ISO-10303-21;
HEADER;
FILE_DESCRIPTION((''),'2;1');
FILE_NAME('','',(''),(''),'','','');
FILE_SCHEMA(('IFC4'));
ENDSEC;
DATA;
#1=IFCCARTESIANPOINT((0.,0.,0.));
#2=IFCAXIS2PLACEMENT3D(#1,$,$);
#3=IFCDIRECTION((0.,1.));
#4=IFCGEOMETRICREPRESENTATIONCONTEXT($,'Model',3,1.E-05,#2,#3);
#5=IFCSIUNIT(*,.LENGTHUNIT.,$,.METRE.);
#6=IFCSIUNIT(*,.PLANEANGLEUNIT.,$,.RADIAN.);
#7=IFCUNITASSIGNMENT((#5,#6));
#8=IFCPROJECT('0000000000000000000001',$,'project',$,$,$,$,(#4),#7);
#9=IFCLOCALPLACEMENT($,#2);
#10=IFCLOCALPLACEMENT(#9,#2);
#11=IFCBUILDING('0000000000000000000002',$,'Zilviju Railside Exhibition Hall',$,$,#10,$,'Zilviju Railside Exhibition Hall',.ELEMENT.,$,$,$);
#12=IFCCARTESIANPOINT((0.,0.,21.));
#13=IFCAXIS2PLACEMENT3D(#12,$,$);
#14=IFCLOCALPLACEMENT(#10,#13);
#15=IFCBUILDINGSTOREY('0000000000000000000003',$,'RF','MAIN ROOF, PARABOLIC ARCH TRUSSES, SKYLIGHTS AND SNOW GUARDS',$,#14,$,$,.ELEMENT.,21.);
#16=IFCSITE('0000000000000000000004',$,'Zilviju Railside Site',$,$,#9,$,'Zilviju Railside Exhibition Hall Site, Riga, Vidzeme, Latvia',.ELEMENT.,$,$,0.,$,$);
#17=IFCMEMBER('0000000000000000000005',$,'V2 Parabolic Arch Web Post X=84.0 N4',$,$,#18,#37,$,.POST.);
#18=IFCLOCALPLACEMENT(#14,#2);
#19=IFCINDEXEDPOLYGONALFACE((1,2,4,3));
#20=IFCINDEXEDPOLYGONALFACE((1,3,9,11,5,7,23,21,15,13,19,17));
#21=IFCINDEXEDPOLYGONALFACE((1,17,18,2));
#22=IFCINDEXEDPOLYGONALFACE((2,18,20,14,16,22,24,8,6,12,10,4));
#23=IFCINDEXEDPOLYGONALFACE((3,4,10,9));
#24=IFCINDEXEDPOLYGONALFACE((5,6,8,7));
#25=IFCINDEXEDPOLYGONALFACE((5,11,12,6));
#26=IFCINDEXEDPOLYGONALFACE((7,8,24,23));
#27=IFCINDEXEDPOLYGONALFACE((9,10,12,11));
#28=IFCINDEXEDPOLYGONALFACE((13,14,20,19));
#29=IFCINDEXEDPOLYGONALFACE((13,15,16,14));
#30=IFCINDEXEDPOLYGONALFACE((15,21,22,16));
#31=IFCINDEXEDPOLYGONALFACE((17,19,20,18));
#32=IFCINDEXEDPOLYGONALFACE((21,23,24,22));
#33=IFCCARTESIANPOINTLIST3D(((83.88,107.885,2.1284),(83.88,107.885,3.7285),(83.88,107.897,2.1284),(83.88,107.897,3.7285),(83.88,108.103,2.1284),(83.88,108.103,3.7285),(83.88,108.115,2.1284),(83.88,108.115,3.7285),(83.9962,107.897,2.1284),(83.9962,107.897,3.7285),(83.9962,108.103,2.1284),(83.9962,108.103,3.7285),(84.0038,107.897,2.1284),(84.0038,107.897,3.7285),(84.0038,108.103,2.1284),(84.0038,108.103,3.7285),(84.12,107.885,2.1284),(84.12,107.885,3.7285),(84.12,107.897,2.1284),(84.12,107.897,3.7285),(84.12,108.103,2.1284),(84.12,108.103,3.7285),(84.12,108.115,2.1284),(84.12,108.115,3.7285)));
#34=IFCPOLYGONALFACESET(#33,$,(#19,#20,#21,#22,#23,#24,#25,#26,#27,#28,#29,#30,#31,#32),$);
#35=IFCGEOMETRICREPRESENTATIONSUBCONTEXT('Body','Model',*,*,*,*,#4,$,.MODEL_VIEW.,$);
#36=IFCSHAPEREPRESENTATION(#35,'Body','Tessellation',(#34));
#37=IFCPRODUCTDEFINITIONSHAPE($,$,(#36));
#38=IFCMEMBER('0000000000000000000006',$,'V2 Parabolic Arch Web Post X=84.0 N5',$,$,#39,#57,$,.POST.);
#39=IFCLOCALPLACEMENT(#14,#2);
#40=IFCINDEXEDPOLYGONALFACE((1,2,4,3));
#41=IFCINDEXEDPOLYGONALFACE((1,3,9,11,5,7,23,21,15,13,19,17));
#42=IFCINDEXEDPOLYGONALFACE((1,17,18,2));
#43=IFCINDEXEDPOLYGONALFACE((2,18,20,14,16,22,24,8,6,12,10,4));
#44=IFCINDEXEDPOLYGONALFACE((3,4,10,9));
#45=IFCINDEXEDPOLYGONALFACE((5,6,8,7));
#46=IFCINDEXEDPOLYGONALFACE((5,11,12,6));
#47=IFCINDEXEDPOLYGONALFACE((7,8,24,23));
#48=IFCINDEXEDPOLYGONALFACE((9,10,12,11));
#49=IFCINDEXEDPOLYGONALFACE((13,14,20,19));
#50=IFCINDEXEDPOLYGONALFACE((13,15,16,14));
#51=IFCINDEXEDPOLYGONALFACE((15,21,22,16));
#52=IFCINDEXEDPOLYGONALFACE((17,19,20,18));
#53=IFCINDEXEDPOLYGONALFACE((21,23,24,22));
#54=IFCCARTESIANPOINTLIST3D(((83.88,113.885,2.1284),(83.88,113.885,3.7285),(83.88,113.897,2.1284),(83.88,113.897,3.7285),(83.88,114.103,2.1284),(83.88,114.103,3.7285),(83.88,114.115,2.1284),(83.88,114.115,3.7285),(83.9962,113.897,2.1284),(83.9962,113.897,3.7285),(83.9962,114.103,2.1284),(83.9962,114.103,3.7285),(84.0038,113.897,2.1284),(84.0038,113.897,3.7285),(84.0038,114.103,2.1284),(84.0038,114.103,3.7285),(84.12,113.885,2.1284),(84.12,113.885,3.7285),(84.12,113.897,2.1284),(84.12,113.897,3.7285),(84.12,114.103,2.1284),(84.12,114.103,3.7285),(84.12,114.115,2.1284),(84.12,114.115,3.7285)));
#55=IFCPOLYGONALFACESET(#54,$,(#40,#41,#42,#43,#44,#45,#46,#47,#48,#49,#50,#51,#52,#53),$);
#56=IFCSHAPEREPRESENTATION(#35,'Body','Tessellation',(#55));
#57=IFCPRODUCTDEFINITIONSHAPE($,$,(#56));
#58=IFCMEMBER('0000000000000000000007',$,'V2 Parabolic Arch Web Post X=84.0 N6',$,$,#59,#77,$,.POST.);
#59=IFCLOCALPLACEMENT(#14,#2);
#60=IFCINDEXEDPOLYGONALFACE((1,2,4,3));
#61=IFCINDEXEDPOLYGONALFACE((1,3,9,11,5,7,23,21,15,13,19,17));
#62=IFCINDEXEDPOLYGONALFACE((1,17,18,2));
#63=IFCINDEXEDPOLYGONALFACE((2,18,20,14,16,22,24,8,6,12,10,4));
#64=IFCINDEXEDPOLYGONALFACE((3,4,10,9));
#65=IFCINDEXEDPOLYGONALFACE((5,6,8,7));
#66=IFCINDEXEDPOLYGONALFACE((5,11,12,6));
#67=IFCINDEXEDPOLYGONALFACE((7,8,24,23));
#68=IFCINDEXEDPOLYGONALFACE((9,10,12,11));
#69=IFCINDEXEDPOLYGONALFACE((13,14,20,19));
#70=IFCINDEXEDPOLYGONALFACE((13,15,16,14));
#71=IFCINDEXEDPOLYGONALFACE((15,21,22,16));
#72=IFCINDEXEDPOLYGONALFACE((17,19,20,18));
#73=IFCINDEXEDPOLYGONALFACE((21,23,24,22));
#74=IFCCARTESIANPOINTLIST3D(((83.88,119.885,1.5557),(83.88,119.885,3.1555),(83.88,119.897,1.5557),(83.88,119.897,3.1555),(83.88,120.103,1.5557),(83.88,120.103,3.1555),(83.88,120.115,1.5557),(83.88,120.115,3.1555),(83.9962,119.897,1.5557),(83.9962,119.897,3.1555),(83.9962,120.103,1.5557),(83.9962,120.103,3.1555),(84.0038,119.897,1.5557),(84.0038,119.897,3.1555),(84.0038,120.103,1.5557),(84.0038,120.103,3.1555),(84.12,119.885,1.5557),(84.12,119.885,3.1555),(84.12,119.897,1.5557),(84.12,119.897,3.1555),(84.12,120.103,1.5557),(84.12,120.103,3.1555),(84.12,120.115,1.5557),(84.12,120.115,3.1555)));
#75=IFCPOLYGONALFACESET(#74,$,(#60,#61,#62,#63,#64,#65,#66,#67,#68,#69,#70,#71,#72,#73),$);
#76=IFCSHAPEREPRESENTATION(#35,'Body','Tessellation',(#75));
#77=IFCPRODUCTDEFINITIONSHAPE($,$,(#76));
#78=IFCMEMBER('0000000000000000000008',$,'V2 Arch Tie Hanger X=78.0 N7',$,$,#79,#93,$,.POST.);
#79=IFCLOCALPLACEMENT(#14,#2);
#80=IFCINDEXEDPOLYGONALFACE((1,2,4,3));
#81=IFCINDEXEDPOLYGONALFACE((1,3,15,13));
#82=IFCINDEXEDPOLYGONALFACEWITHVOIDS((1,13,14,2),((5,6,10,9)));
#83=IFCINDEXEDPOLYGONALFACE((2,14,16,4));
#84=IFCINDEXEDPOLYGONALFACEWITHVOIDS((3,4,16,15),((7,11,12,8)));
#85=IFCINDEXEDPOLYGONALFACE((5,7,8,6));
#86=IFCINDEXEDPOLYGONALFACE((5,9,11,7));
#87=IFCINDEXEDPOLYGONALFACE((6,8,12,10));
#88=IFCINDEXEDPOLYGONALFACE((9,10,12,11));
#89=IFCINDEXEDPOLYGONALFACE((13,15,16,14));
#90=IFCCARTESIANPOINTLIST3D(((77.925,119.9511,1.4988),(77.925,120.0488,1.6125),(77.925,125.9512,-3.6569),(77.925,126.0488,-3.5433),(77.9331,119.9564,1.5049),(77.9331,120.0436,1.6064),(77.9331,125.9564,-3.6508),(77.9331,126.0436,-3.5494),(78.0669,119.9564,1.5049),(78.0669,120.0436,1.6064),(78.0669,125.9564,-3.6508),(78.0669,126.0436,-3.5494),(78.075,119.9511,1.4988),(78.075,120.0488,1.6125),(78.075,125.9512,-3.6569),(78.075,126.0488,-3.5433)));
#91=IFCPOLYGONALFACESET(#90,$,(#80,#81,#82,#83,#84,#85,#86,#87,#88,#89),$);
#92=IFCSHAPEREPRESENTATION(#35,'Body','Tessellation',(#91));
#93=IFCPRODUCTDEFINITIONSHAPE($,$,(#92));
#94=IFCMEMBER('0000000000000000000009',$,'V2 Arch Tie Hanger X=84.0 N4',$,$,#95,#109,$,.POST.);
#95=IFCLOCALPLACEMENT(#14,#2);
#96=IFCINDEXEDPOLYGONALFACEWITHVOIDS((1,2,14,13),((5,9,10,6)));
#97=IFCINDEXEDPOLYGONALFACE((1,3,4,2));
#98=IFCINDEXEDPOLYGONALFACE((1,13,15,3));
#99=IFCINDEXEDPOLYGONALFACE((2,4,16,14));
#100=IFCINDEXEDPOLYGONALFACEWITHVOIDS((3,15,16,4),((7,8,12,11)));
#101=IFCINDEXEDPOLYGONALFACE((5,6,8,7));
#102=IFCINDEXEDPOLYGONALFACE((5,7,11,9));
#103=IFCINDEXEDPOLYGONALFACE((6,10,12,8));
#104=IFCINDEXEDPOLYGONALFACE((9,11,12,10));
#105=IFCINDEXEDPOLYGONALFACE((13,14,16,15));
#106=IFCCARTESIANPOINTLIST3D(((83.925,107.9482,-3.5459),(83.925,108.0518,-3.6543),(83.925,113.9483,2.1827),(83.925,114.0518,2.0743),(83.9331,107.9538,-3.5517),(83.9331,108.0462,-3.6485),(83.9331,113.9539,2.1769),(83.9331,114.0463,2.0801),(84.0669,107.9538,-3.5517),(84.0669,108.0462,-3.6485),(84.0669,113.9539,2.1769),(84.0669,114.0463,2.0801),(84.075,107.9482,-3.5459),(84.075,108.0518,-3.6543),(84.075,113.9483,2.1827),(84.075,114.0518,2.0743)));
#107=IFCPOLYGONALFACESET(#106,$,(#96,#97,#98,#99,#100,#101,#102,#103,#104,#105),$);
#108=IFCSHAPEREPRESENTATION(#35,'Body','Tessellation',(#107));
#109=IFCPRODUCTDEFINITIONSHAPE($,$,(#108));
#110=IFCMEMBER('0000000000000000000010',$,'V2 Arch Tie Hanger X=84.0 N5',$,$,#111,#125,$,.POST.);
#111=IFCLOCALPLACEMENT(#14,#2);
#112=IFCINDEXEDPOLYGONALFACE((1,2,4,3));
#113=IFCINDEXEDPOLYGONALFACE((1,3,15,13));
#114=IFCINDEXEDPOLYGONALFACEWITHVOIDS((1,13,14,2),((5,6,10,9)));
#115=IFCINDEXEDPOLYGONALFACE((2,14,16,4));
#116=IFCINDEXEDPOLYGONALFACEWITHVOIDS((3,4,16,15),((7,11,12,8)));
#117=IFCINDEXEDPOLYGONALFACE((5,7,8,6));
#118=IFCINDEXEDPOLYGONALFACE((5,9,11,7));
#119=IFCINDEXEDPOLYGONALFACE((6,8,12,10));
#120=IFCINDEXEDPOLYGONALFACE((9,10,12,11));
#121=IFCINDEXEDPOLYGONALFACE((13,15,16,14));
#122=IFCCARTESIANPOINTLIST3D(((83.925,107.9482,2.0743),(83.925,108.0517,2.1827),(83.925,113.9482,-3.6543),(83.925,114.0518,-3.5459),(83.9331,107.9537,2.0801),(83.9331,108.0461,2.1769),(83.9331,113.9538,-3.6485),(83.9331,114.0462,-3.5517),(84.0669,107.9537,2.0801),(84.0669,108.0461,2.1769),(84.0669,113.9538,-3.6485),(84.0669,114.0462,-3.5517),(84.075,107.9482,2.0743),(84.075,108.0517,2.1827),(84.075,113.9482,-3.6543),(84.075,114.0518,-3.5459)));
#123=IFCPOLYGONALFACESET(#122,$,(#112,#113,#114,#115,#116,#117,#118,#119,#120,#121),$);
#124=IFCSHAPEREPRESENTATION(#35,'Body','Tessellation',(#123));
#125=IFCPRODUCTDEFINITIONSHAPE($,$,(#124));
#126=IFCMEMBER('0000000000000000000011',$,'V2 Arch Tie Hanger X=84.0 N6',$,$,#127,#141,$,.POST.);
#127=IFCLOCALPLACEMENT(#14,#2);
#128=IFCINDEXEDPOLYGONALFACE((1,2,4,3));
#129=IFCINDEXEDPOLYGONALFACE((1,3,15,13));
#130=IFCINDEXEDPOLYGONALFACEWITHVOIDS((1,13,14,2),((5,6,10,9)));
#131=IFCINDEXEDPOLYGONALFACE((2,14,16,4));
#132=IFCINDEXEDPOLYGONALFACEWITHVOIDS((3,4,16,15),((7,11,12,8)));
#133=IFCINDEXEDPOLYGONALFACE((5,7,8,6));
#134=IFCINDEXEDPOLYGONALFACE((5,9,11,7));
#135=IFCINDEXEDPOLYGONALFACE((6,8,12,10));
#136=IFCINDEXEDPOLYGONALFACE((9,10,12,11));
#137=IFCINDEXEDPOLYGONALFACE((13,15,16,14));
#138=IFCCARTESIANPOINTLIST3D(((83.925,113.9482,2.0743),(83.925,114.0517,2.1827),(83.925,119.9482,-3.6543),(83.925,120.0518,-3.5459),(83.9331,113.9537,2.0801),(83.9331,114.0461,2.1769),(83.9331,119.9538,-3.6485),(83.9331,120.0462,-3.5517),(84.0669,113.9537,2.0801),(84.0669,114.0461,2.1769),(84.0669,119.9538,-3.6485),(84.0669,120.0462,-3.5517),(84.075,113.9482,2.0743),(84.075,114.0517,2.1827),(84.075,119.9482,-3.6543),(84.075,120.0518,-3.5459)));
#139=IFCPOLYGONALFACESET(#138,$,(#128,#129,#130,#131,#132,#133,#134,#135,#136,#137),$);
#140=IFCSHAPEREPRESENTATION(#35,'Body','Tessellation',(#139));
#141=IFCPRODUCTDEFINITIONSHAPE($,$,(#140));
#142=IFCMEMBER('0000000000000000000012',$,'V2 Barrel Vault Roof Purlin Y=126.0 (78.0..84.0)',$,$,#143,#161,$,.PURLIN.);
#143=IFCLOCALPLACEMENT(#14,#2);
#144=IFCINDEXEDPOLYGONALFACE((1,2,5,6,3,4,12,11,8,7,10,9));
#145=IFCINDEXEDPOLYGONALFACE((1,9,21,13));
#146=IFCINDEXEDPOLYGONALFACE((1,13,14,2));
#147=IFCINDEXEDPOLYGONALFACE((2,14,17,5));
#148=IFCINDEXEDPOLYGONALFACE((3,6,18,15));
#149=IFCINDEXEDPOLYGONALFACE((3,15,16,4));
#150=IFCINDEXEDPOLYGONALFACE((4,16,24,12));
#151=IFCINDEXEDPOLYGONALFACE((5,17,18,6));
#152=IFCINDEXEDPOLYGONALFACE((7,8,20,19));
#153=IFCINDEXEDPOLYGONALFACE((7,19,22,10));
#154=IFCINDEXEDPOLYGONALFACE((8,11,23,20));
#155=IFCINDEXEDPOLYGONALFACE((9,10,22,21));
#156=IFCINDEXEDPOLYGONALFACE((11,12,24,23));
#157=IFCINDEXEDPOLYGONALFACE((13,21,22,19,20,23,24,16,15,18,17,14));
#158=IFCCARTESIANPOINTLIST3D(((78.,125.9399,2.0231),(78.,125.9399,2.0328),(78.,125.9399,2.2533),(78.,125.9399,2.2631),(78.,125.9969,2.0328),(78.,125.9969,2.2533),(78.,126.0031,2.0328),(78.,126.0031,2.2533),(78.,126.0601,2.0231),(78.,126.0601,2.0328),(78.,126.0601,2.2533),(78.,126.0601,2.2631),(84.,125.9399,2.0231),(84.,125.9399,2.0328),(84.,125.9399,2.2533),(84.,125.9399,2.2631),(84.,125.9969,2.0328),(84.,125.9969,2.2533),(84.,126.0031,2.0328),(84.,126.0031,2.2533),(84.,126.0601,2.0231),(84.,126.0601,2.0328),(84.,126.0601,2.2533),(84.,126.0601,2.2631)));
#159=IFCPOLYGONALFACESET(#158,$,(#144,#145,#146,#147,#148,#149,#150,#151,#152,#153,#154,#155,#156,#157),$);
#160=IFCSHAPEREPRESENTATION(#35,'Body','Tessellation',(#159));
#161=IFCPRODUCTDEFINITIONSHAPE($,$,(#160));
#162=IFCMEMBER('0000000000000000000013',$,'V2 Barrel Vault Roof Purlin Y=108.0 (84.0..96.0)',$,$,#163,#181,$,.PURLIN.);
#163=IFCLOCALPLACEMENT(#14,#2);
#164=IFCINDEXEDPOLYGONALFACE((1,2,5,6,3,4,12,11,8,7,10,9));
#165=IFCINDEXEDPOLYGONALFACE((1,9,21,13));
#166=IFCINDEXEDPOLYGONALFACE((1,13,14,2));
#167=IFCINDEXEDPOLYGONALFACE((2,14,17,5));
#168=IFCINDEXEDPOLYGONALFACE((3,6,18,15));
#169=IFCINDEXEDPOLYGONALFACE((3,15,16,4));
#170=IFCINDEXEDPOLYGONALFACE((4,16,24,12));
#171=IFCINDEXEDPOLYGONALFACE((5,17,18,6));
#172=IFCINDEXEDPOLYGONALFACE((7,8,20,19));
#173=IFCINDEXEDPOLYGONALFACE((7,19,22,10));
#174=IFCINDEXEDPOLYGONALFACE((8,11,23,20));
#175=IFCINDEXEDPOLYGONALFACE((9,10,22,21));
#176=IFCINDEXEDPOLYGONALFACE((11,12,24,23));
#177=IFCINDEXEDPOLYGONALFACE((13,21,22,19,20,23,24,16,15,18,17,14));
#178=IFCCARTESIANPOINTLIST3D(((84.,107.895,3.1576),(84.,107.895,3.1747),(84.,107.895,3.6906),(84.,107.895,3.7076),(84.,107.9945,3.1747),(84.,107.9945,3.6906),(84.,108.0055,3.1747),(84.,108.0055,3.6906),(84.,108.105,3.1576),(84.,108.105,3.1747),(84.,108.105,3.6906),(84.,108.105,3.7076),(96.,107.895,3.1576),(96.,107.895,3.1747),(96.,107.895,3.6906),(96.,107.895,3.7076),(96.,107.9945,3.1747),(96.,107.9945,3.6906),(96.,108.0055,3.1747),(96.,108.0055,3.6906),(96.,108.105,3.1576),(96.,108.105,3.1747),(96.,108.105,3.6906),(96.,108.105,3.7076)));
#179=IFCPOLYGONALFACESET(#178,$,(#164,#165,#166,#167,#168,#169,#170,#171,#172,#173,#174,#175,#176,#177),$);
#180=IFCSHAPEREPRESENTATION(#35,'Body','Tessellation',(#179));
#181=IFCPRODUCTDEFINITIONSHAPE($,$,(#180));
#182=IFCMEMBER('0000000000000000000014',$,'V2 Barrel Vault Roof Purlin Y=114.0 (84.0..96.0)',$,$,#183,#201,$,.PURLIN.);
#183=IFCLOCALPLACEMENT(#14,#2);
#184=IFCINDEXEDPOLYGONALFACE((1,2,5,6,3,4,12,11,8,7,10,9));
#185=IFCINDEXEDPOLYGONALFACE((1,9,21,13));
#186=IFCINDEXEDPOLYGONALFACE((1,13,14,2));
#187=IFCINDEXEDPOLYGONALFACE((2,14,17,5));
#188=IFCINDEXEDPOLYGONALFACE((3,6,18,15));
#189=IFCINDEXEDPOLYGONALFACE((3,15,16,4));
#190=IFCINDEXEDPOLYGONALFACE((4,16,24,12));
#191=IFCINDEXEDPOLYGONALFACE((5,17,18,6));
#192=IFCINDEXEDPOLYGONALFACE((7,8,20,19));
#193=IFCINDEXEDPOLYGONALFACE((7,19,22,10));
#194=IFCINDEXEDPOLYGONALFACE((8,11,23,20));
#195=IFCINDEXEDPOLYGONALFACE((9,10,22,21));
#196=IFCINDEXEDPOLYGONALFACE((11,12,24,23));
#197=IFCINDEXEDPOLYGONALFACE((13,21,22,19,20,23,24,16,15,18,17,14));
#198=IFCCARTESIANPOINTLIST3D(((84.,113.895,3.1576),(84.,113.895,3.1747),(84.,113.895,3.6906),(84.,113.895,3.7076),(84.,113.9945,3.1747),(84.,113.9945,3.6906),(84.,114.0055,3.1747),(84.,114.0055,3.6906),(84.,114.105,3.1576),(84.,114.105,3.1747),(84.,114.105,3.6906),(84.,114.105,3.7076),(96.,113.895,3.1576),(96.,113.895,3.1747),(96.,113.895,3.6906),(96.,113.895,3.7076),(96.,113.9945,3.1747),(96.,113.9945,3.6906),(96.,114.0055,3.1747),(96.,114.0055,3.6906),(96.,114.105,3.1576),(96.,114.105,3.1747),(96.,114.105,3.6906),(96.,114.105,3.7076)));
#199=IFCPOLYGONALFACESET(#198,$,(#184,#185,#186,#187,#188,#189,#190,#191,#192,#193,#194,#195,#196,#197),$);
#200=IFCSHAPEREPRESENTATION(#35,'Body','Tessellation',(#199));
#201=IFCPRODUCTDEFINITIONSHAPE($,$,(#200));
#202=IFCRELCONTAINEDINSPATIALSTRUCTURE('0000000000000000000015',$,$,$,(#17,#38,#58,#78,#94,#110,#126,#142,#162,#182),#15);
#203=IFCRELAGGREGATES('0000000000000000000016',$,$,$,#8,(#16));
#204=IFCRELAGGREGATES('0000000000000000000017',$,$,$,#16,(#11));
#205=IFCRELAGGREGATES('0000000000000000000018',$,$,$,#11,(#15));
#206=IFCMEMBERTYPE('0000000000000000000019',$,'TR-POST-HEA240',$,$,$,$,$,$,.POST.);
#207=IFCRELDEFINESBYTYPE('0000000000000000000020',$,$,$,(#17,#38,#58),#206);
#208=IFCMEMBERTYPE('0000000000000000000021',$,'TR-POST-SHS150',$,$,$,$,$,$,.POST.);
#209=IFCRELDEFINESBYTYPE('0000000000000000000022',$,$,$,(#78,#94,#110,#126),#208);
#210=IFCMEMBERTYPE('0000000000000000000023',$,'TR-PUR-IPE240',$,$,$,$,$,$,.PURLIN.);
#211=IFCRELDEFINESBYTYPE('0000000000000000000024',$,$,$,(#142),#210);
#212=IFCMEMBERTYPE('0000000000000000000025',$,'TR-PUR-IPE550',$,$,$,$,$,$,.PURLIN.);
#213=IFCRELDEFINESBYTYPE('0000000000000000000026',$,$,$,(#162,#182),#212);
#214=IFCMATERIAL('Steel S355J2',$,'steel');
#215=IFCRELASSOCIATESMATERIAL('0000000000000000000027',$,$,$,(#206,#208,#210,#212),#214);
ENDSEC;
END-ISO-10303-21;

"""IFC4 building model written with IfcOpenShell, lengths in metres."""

from ifc_helpers import new_model, si_unit, direction, frame, origin, origin_2d, place, context, subcontext, project, spatial, hollow_rectangle, i_section, extrude, material, material_profile, profile_set, type_object, element, save


model = new_model("IFC4")

# Units and contexts
model_context = context("Model", 3, precision=1e-05, world=origin(), true_north=direction((0.0, 1.0)))
body_context = subcontext(model_context, "Body", "Model", "MODEL_VIEW")
ifc_project = project(units=[si_unit("LENGTHUNIT", "METRE"), si_unit("PLANEANGLEUNIT", "RADIAN")], contexts=[model_context])

# Site, building, storey
site_placement = place(None, origin())
site = spatial("IfcSite", under=ifc_project, at=site_placement, Name="Zilviju Railside Site", LongName="Zilviju Railside Exhibition Hall Site, Riga, Vidzeme, Latvia", CompositionType="ELEMENT", RefElevation=0.0)
building_placement = place(site_placement, origin())
building = spatial("IfcBuilding", under=site, at=building_placement, Name="Zilviju Railside Exhibition Hall", LongName="Zilviju Railside Exhibition Hall", CompositionType="ELEMENT")
storey_placement = place(building_placement, frame((0.0, 0.0, 21.0)))
storey = spatial("IfcBuildingStorey", under=building, at=storey_placement, Name="RF", Description="MAIN ROOF, PARABOLIC ARCH TRUSSES, SKYLIGHTS AND SNOW GUARDS", CompositionType="ELEMENT", Elevation=21.0)

# Members
ifc_material_1 = material(Name="Steel S355J2", Category="steel")
ifc_material_profile_1 = material_profile(ifc_material_1, i_section(OverallWidth=0.24, OverallDepth=0.23, WebThickness=0.0076, FlangeThickness=0.012, at=origin_2d()), Name="HEA 240")
ifc_profile_set_1 = profile_set([ifc_material_profile_1], Name="Steel S355J2")
member_type_1 = type_object("IfcMemberType", Name="TR-POST-HEA240", PredefinedType="POST", material=ifc_profile_set_1)
for number, where, z_axis, x_axis, name in (
    (1, (84.0, 108.0, 2.1284), (0.0, 0.0, 1.0), (1.0, 0.0, 0.0), "V2 Parabolic Arch Web Post X=84.0 N4"),
    (2, (84.0, 114.0, 2.1284), (0.0, 0.0, 1.0), (1.0, 0.0, 0.0), "V2 Parabolic Arch Web Post X=84.0 N5"),
):
    element("IfcMember", number, at=place(storey_placement, frame(where, z_axis=z_axis, x_axis=x_axis)), inside=storey, type_object=member_type_1, Name=name, PredefinedType="POST", context=body_context, shape_type="SweptSolid", body=[
        extrude(i_section(OverallWidth=0.24, OverallDepth=0.23, WebThickness=0.0076, FlangeThickness=0.012, at=origin_2d()), origin(), (0.0, 0.0, 1.0), 1.6001),
    ])
member_1_placement = place(storey_placement, frame((84.0, 120.0, 1.5557), z_axis=(0.0, 0.0, 1.0), x_axis=(1.0, 0.0, 0.0)))
element("IfcMember", 3, at=member_1_placement, inside=storey, type_object=member_type_1, Name="V2 Parabolic Arch Web Post X=84.0 N6", PredefinedType="POST", context=body_context, shape_type="SweptSolid", body=[
    extrude(i_section(OverallWidth=0.24, OverallDepth=0.23, WebThickness=0.0076, FlangeThickness=0.012, at=origin_2d()), origin(), (0.0, 0.0, 1.0), 1.5999),
])
ifc_material_profile_2 = material_profile(ifc_material_1, hollow_rectangle(XDim=0.1499, YDim=0.1499, WallThickness=0.0081, at=origin_2d()), Name="SHS 150x150x8.0")
ifc_profile_set_2 = profile_set([ifc_material_profile_2], Name="Steel S355J2")
member_type_2 = type_object("IfcMemberType", Name="TR-POST-SHS150", PredefinedType="POST", material=ifc_profile_set_2)
member_2_placement = place(storey_placement, frame((78.0, 126.0, -3.6001), z_axis=(0.0, -0.75845, 0.651731), x_axis=(1.0, 0.0, 0.0)))
element("IfcMember", 4, at=member_2_placement, inside=storey, type_object=member_type_2, Name="V2 Arch Tie Hanger X=78.0 N7", PredefinedType="POST", context=body_context, shape_type="SweptSolid", body=[
    extrude(hollow_rectangle(XDim=0.1499, YDim=0.1499, WallThickness=0.0081, at=origin_2d()), origin(), (0.0, 0.0, 1.0), 7.9109),
])
for number, where, z_axis, x_axis, name in (
    (5, (84.0, 108.0, -3.6001), (0.0, 0.723281, 0.690554), (-1.0, 0.0, 0.0), "V2 Arch Tie Hanger X=84.0 N4"),
    (6, (84.0, 114.0, -3.6001), (0.0, -0.723281, 0.690554), (1.0, 0.0, 0.0), "V2 Arch Tie Hanger X=84.0 N5"),
    (7, (84.0, 120.0, -3.6001), (0.0, -0.723281, 0.690554), (1.0, 0.0, 0.0), "V2 Arch Tie Hanger X=84.0 N6"),
):
    element("IfcMember", number, at=place(storey_placement, frame(where, z_axis=z_axis, x_axis=x_axis)), inside=storey, type_object=member_type_2, Name=name, PredefinedType="POST", context=body_context, shape_type="SweptSolid", body=[
        extrude(hollow_rectangle(XDim=0.1499, YDim=0.1499, WallThickness=0.0081, at=origin_2d()), origin(), (0.0, 0.0, 1.0), 8.2957),
    ])
ifc_material_profile_3 = material_profile(ifc_material_1, i_section(OverallWidth=0.1201, OverallDepth=0.24, WebThickness=0.0061, FlangeThickness=0.0098, at=origin_2d()), Name="IPE 240")
ifc_profile_set_3 = profile_set([ifc_material_profile_3], Name="Steel S355J2")
member_type_3 = type_object("IfcMemberType", Name="TR-PUR-IPE240", PredefinedType="PURLIN", material=ifc_profile_set_3)
member_3_placement = place(storey_placement, frame((78.0, 126.0, 2.1431), z_axis=(1.0, 0.0, 0.0), x_axis=(0.0, 1.0, 0.0)))
element("IfcMember", 8, at=member_3_placement, inside=storey, type_object=member_type_3, Name="V2 Barrel Vault Roof Purlin Y=126.0 (78.0..84.0)", PredefinedType="PURLIN", context=body_context, shape_type="SweptSolid", body=[
    extrude(i_section(OverallWidth=0.1201, OverallDepth=0.24, WebThickness=0.0061, FlangeThickness=0.0098, at=origin_2d()), origin(), (0.0, 0.0, 1.0), 6.0),
])
ifc_material_profile_4 = material_profile(ifc_material_1, i_section(OverallWidth=0.21, OverallDepth=0.55, WebThickness=0.011, FlangeThickness=0.0171, at=origin_2d()), Name="IPE 550")
ifc_profile_set_4 = profile_set([ifc_material_profile_4], Name="Steel S355J2")
member_type_4 = type_object("IfcMemberType", Name="TR-PUR-IPE550", PredefinedType="PURLIN", material=ifc_profile_set_4)
for number, where, z_axis, x_axis, name in (
    (9, (84.0, 108.0, 3.4326), (1.0, 0.0, 0.0), (0.0, 1.0, 0.0), "V2 Barrel Vault Roof Purlin Y=108.0 (84.0..96.0)"),
    (10, (84.0, 114.0, 3.4326), (1.0, 0.0, 0.0), (0.0, 1.0, 0.0), "V2 Barrel Vault Roof Purlin Y=114.0 (84.0..96.0)"),
):
    element("IfcMember", number, at=place(storey_placement, frame(where, z_axis=z_axis, x_axis=x_axis)), inside=storey, type_object=member_type_4, Name=name, PredefinedType="PURLIN", context=body_context, shape_type="SweptSolid", body=[
        extrude(i_section(OverallWidth=0.21, OverallDepth=0.55, WebThickness=0.011, FlangeThickness=0.0171, at=origin_2d()), origin(), (0.0, 0.0, 1.0), 12.0),
    ])

save(model, "model.ifc")
